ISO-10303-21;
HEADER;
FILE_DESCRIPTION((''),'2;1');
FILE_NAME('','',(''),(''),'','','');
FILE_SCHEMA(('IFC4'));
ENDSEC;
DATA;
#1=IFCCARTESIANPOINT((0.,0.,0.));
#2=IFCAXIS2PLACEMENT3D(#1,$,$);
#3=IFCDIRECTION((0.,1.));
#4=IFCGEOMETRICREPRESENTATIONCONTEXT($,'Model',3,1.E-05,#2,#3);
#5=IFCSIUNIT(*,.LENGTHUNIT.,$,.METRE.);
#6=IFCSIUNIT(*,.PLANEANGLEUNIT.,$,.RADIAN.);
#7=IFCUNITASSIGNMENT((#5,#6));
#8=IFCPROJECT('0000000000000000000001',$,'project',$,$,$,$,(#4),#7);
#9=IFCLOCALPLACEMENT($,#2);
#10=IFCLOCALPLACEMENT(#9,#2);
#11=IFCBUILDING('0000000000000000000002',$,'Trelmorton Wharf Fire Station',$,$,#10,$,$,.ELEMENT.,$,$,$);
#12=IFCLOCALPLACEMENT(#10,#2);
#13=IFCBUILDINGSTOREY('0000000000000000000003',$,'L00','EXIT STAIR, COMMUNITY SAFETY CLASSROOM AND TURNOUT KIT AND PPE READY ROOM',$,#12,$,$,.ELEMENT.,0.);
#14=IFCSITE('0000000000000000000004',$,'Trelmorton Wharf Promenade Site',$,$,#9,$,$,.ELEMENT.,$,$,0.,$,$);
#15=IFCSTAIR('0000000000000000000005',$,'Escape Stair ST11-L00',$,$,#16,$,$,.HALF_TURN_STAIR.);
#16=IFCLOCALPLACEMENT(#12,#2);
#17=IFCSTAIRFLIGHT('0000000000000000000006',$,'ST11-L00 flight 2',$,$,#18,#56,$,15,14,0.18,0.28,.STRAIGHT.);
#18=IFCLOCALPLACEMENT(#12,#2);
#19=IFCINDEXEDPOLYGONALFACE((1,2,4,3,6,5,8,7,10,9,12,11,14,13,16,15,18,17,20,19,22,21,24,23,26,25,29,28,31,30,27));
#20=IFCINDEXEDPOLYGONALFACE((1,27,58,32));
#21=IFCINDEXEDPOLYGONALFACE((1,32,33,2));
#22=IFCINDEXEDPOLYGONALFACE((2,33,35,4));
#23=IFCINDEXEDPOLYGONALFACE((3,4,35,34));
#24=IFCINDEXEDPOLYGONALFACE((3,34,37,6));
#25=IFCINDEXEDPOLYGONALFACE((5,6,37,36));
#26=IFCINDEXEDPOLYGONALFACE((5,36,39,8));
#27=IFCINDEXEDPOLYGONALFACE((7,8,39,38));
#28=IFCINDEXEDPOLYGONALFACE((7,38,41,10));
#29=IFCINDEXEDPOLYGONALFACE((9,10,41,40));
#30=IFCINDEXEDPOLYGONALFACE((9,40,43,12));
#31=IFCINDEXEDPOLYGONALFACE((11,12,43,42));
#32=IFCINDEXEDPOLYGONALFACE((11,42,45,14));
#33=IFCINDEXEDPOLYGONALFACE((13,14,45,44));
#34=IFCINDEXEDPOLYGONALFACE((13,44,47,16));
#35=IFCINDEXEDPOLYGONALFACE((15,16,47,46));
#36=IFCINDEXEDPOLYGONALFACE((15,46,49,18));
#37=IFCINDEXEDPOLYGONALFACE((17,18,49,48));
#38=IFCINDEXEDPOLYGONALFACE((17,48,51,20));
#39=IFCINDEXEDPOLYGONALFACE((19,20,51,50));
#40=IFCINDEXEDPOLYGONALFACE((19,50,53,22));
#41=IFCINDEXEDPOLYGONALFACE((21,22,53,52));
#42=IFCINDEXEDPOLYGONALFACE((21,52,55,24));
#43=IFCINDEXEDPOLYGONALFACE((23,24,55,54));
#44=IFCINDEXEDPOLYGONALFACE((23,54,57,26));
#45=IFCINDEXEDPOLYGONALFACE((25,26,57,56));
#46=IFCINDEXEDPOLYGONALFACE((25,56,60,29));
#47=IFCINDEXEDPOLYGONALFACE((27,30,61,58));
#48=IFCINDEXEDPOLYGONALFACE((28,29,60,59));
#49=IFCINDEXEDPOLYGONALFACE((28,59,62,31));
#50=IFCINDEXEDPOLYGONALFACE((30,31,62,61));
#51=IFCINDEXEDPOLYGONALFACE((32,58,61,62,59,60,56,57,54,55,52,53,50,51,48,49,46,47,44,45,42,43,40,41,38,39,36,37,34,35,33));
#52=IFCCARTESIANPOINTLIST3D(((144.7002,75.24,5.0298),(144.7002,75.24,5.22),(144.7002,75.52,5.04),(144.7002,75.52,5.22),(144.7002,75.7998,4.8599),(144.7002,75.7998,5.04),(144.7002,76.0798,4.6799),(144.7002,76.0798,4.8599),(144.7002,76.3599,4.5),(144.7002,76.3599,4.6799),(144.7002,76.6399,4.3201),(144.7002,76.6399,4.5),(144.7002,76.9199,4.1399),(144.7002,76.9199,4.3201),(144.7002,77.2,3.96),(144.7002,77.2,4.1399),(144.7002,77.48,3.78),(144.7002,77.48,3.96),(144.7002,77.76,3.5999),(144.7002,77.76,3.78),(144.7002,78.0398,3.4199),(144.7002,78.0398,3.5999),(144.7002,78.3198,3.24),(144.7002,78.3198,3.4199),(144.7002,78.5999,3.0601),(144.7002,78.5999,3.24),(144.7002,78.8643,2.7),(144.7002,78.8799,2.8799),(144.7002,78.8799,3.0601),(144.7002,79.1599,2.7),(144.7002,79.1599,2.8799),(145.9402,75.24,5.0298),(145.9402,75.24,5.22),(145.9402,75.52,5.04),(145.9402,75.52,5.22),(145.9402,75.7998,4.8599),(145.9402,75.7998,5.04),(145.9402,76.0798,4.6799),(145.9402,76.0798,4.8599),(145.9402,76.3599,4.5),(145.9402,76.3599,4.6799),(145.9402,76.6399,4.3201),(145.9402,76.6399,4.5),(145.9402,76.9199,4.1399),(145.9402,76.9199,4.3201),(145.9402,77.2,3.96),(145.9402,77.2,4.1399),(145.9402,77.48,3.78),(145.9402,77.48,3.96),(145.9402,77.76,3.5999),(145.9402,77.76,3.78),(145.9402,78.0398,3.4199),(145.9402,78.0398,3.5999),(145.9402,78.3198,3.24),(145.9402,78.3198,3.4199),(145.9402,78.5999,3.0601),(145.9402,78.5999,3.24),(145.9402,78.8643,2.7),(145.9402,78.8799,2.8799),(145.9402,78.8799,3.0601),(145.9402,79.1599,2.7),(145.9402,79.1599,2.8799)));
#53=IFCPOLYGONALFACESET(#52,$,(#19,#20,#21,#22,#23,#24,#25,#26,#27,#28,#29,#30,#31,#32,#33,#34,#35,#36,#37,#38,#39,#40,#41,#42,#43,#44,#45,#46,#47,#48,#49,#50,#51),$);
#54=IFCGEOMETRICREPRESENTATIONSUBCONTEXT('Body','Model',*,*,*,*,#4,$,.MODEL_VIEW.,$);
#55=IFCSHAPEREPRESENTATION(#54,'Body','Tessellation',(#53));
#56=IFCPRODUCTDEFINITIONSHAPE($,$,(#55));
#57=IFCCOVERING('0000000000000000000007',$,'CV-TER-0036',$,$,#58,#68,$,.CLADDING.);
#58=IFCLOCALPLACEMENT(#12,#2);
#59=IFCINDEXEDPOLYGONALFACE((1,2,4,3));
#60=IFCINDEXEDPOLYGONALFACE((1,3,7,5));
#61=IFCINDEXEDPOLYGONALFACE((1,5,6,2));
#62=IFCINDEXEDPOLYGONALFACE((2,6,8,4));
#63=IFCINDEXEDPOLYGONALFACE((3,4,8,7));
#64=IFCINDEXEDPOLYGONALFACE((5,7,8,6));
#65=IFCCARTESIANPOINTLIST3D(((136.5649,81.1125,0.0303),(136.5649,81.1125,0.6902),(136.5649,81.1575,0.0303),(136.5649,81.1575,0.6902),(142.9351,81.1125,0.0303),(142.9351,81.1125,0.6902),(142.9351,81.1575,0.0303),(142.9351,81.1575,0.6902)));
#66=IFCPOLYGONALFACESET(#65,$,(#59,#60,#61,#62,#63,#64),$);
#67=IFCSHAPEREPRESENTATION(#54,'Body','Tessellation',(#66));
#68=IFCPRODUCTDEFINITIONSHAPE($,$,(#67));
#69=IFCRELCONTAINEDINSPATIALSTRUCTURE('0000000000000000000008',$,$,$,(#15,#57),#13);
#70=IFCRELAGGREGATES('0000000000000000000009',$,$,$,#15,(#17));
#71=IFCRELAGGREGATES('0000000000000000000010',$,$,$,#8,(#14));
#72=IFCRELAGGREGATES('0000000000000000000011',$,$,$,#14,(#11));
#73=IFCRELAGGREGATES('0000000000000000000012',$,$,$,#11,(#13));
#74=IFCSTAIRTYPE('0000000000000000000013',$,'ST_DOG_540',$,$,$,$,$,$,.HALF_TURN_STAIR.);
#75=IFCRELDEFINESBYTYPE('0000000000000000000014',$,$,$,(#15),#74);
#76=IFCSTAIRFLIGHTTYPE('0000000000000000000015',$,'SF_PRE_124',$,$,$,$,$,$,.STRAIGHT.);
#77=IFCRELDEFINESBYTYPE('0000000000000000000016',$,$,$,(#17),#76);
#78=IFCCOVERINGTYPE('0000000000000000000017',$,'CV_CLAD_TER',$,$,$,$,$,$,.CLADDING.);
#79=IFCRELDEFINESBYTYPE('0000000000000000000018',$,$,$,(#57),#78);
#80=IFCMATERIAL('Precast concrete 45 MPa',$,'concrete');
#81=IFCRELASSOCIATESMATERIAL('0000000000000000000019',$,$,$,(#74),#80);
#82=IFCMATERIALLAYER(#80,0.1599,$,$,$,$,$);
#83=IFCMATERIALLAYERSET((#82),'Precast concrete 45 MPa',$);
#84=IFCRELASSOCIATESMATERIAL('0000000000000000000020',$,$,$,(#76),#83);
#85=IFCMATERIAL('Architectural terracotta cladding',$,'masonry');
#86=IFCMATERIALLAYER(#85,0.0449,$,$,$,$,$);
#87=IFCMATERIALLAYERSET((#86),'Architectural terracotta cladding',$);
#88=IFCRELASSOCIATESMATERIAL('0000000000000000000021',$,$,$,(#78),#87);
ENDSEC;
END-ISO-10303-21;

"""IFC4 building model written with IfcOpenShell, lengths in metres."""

from ifc_helpers import new_model, si_unit, direction, frame, origin, origin_2d, place, context, subcontext, project, spatial, polyline, rectangle, outline, extrude, material, layer, layer_set, type_object, element, aggregate, save


model = new_model("IFC4")

# Units and contexts
model_context = context("Model", 3, precision=1e-05, world=origin(), true_north=direction((0.0, 1.0)))
body_context = subcontext(model_context, "Body", "Model", "MODEL_VIEW")
ifc_project = project(units=[si_unit("LENGTHUNIT", "METRE"), si_unit("PLANEANGLEUNIT", "RADIAN")], contexts=[model_context])

# Site, building, storey
site_placement = place(None, origin())
site = spatial("IfcSite", under=ifc_project, at=site_placement, Name="Trelmorton Wharf Promenade Site", CompositionType="ELEMENT", RefElevation=0.0)
building_placement = place(site_placement, origin())
building = spatial("IfcBuilding", under=site, at=building_placement, Name="Trelmorton Wharf Fire Station", CompositionType="ELEMENT")
storey_placement = place(building_placement, origin())
storey = spatial("IfcBuildingStorey", under=building, at=storey_placement, Name="L00", Description="EXIT STAIR, COMMUNITY SAFETY CLASSROOM AND TURNOUT KIT AND PPE READY ROOM", CompositionType="ELEMENT", Elevation=0.0)

# Stair, stair flight
ifc_material_1 = material(Name="Precast concrete 45 MPa", Category="concrete")
stair_type = type_object("IfcStairType", Name="ST_DOG_540", PredefinedType="HALF_TURN_STAIR", material=ifc_material_1)
stair_placement = place(storey_placement, origin())
stair = element("IfcStair", 1, at=stair_placement, inside=storey, type_object=stair_type, Name="Escape Stair ST11-L00", PredefinedType="HALF_TURN_STAIR")
ifc_layer_1 = layer(ifc_material_1, 0.1599)
ifc_layer_set_1 = layer_set([ifc_layer_1], Name="Precast concrete 45 MPa")
stair_flight_type = type_object("IfcStairFlightType", Name="SF_PRE_124", PredefinedType="STRAIGHT", material=ifc_layer_set_1)
stair_flight_1_placement = place(storey_placement, frame((145.3201, 79.1599, 2.7), z_axis=(0.0, 0.0, 1.0), x_axis=(0.0, -1.0, 0.0)))
stair_flight_1 = element("IfcStairFlight", 2, at=stair_flight_1_placement, type_object=stair_flight_type, Name="ST11-L00 flight 2", NumberOfRisers=15, NumberOfTreads=14, PredefinedType="STRAIGHT", RiserHeight=0.18, TreadLength=0.28, context=body_context, shape_type="SweptSolid", body=[
    extrude(outline(polyline([(0.0, 0.0), (0.0, 0.1799), (0.28, 0.1799), (0.28, 0.3601), (0.5601, 0.3601), (0.5601, 0.54), (0.8401, 0.54), (0.8401, 0.72), (1.1201, 0.72), (1.1201, 0.8999), (1.3999, 0.8999), (1.3999, 1.0801), (1.6799, 1.0801), (1.6799, 1.26), (1.96, 1.26), (1.96, 1.4399), (2.24, 1.4399), (2.24, 1.6201), (2.52, 1.6201), (2.52, 1.8), (2.8, 1.8), (2.8, 1.98), (3.0801, 1.98), (3.0801, 2.1599), (3.3601, 2.1599), (3.3601, 2.3401), (3.6399, 2.3401), (3.6399, 2.52), (3.9199, 2.52), (3.9199, 2.7), (3.9199, 2.3298), (0.2957, 0.0), (0.0, 0.0)])), frame((0.0, 0.6201, 0.0), z_axis=(0.0, -1.0, 0.0), x_axis=(1.0, 0.0, 0.0)), (0.0, 0.0, 1.0), 1.24),
])
aggregate(stair, [stair_flight_1])

# Covering
ifc_material_2 = material(Name="Architectural terracotta cladding", Category="masonry")
ifc_layer_2 = layer(ifc_material_2, 0.0449)
ifc_layer_set_2 = layer_set([ifc_layer_2], Name="Architectural terracotta cladding")
covering_type = type_object("IfcCoveringType", Name="CV_CLAD_TER", PredefinedType="CLADDING", material=ifc_layer_set_2)
covering_placement = place(storey_placement, frame((139.75, 81.135, 0.0303), z_axis=(0.0, 0.0, 1.0), x_axis=(1.0, 0.0, 0.0)))
element("IfcCovering", 3, at=covering_placement, inside=storey, type_object=covering_type, Name="CV-TER-0036", PredefinedType="CLADDING", context=body_context, shape_type="SweptSolid", body=[
    extrude(rectangle(XDim=6.3701, YDim=0.0449, at=origin_2d()), origin(), (0.0, 0.0, 1.0), 0.6599),
])

save(model, "model.ifc")
